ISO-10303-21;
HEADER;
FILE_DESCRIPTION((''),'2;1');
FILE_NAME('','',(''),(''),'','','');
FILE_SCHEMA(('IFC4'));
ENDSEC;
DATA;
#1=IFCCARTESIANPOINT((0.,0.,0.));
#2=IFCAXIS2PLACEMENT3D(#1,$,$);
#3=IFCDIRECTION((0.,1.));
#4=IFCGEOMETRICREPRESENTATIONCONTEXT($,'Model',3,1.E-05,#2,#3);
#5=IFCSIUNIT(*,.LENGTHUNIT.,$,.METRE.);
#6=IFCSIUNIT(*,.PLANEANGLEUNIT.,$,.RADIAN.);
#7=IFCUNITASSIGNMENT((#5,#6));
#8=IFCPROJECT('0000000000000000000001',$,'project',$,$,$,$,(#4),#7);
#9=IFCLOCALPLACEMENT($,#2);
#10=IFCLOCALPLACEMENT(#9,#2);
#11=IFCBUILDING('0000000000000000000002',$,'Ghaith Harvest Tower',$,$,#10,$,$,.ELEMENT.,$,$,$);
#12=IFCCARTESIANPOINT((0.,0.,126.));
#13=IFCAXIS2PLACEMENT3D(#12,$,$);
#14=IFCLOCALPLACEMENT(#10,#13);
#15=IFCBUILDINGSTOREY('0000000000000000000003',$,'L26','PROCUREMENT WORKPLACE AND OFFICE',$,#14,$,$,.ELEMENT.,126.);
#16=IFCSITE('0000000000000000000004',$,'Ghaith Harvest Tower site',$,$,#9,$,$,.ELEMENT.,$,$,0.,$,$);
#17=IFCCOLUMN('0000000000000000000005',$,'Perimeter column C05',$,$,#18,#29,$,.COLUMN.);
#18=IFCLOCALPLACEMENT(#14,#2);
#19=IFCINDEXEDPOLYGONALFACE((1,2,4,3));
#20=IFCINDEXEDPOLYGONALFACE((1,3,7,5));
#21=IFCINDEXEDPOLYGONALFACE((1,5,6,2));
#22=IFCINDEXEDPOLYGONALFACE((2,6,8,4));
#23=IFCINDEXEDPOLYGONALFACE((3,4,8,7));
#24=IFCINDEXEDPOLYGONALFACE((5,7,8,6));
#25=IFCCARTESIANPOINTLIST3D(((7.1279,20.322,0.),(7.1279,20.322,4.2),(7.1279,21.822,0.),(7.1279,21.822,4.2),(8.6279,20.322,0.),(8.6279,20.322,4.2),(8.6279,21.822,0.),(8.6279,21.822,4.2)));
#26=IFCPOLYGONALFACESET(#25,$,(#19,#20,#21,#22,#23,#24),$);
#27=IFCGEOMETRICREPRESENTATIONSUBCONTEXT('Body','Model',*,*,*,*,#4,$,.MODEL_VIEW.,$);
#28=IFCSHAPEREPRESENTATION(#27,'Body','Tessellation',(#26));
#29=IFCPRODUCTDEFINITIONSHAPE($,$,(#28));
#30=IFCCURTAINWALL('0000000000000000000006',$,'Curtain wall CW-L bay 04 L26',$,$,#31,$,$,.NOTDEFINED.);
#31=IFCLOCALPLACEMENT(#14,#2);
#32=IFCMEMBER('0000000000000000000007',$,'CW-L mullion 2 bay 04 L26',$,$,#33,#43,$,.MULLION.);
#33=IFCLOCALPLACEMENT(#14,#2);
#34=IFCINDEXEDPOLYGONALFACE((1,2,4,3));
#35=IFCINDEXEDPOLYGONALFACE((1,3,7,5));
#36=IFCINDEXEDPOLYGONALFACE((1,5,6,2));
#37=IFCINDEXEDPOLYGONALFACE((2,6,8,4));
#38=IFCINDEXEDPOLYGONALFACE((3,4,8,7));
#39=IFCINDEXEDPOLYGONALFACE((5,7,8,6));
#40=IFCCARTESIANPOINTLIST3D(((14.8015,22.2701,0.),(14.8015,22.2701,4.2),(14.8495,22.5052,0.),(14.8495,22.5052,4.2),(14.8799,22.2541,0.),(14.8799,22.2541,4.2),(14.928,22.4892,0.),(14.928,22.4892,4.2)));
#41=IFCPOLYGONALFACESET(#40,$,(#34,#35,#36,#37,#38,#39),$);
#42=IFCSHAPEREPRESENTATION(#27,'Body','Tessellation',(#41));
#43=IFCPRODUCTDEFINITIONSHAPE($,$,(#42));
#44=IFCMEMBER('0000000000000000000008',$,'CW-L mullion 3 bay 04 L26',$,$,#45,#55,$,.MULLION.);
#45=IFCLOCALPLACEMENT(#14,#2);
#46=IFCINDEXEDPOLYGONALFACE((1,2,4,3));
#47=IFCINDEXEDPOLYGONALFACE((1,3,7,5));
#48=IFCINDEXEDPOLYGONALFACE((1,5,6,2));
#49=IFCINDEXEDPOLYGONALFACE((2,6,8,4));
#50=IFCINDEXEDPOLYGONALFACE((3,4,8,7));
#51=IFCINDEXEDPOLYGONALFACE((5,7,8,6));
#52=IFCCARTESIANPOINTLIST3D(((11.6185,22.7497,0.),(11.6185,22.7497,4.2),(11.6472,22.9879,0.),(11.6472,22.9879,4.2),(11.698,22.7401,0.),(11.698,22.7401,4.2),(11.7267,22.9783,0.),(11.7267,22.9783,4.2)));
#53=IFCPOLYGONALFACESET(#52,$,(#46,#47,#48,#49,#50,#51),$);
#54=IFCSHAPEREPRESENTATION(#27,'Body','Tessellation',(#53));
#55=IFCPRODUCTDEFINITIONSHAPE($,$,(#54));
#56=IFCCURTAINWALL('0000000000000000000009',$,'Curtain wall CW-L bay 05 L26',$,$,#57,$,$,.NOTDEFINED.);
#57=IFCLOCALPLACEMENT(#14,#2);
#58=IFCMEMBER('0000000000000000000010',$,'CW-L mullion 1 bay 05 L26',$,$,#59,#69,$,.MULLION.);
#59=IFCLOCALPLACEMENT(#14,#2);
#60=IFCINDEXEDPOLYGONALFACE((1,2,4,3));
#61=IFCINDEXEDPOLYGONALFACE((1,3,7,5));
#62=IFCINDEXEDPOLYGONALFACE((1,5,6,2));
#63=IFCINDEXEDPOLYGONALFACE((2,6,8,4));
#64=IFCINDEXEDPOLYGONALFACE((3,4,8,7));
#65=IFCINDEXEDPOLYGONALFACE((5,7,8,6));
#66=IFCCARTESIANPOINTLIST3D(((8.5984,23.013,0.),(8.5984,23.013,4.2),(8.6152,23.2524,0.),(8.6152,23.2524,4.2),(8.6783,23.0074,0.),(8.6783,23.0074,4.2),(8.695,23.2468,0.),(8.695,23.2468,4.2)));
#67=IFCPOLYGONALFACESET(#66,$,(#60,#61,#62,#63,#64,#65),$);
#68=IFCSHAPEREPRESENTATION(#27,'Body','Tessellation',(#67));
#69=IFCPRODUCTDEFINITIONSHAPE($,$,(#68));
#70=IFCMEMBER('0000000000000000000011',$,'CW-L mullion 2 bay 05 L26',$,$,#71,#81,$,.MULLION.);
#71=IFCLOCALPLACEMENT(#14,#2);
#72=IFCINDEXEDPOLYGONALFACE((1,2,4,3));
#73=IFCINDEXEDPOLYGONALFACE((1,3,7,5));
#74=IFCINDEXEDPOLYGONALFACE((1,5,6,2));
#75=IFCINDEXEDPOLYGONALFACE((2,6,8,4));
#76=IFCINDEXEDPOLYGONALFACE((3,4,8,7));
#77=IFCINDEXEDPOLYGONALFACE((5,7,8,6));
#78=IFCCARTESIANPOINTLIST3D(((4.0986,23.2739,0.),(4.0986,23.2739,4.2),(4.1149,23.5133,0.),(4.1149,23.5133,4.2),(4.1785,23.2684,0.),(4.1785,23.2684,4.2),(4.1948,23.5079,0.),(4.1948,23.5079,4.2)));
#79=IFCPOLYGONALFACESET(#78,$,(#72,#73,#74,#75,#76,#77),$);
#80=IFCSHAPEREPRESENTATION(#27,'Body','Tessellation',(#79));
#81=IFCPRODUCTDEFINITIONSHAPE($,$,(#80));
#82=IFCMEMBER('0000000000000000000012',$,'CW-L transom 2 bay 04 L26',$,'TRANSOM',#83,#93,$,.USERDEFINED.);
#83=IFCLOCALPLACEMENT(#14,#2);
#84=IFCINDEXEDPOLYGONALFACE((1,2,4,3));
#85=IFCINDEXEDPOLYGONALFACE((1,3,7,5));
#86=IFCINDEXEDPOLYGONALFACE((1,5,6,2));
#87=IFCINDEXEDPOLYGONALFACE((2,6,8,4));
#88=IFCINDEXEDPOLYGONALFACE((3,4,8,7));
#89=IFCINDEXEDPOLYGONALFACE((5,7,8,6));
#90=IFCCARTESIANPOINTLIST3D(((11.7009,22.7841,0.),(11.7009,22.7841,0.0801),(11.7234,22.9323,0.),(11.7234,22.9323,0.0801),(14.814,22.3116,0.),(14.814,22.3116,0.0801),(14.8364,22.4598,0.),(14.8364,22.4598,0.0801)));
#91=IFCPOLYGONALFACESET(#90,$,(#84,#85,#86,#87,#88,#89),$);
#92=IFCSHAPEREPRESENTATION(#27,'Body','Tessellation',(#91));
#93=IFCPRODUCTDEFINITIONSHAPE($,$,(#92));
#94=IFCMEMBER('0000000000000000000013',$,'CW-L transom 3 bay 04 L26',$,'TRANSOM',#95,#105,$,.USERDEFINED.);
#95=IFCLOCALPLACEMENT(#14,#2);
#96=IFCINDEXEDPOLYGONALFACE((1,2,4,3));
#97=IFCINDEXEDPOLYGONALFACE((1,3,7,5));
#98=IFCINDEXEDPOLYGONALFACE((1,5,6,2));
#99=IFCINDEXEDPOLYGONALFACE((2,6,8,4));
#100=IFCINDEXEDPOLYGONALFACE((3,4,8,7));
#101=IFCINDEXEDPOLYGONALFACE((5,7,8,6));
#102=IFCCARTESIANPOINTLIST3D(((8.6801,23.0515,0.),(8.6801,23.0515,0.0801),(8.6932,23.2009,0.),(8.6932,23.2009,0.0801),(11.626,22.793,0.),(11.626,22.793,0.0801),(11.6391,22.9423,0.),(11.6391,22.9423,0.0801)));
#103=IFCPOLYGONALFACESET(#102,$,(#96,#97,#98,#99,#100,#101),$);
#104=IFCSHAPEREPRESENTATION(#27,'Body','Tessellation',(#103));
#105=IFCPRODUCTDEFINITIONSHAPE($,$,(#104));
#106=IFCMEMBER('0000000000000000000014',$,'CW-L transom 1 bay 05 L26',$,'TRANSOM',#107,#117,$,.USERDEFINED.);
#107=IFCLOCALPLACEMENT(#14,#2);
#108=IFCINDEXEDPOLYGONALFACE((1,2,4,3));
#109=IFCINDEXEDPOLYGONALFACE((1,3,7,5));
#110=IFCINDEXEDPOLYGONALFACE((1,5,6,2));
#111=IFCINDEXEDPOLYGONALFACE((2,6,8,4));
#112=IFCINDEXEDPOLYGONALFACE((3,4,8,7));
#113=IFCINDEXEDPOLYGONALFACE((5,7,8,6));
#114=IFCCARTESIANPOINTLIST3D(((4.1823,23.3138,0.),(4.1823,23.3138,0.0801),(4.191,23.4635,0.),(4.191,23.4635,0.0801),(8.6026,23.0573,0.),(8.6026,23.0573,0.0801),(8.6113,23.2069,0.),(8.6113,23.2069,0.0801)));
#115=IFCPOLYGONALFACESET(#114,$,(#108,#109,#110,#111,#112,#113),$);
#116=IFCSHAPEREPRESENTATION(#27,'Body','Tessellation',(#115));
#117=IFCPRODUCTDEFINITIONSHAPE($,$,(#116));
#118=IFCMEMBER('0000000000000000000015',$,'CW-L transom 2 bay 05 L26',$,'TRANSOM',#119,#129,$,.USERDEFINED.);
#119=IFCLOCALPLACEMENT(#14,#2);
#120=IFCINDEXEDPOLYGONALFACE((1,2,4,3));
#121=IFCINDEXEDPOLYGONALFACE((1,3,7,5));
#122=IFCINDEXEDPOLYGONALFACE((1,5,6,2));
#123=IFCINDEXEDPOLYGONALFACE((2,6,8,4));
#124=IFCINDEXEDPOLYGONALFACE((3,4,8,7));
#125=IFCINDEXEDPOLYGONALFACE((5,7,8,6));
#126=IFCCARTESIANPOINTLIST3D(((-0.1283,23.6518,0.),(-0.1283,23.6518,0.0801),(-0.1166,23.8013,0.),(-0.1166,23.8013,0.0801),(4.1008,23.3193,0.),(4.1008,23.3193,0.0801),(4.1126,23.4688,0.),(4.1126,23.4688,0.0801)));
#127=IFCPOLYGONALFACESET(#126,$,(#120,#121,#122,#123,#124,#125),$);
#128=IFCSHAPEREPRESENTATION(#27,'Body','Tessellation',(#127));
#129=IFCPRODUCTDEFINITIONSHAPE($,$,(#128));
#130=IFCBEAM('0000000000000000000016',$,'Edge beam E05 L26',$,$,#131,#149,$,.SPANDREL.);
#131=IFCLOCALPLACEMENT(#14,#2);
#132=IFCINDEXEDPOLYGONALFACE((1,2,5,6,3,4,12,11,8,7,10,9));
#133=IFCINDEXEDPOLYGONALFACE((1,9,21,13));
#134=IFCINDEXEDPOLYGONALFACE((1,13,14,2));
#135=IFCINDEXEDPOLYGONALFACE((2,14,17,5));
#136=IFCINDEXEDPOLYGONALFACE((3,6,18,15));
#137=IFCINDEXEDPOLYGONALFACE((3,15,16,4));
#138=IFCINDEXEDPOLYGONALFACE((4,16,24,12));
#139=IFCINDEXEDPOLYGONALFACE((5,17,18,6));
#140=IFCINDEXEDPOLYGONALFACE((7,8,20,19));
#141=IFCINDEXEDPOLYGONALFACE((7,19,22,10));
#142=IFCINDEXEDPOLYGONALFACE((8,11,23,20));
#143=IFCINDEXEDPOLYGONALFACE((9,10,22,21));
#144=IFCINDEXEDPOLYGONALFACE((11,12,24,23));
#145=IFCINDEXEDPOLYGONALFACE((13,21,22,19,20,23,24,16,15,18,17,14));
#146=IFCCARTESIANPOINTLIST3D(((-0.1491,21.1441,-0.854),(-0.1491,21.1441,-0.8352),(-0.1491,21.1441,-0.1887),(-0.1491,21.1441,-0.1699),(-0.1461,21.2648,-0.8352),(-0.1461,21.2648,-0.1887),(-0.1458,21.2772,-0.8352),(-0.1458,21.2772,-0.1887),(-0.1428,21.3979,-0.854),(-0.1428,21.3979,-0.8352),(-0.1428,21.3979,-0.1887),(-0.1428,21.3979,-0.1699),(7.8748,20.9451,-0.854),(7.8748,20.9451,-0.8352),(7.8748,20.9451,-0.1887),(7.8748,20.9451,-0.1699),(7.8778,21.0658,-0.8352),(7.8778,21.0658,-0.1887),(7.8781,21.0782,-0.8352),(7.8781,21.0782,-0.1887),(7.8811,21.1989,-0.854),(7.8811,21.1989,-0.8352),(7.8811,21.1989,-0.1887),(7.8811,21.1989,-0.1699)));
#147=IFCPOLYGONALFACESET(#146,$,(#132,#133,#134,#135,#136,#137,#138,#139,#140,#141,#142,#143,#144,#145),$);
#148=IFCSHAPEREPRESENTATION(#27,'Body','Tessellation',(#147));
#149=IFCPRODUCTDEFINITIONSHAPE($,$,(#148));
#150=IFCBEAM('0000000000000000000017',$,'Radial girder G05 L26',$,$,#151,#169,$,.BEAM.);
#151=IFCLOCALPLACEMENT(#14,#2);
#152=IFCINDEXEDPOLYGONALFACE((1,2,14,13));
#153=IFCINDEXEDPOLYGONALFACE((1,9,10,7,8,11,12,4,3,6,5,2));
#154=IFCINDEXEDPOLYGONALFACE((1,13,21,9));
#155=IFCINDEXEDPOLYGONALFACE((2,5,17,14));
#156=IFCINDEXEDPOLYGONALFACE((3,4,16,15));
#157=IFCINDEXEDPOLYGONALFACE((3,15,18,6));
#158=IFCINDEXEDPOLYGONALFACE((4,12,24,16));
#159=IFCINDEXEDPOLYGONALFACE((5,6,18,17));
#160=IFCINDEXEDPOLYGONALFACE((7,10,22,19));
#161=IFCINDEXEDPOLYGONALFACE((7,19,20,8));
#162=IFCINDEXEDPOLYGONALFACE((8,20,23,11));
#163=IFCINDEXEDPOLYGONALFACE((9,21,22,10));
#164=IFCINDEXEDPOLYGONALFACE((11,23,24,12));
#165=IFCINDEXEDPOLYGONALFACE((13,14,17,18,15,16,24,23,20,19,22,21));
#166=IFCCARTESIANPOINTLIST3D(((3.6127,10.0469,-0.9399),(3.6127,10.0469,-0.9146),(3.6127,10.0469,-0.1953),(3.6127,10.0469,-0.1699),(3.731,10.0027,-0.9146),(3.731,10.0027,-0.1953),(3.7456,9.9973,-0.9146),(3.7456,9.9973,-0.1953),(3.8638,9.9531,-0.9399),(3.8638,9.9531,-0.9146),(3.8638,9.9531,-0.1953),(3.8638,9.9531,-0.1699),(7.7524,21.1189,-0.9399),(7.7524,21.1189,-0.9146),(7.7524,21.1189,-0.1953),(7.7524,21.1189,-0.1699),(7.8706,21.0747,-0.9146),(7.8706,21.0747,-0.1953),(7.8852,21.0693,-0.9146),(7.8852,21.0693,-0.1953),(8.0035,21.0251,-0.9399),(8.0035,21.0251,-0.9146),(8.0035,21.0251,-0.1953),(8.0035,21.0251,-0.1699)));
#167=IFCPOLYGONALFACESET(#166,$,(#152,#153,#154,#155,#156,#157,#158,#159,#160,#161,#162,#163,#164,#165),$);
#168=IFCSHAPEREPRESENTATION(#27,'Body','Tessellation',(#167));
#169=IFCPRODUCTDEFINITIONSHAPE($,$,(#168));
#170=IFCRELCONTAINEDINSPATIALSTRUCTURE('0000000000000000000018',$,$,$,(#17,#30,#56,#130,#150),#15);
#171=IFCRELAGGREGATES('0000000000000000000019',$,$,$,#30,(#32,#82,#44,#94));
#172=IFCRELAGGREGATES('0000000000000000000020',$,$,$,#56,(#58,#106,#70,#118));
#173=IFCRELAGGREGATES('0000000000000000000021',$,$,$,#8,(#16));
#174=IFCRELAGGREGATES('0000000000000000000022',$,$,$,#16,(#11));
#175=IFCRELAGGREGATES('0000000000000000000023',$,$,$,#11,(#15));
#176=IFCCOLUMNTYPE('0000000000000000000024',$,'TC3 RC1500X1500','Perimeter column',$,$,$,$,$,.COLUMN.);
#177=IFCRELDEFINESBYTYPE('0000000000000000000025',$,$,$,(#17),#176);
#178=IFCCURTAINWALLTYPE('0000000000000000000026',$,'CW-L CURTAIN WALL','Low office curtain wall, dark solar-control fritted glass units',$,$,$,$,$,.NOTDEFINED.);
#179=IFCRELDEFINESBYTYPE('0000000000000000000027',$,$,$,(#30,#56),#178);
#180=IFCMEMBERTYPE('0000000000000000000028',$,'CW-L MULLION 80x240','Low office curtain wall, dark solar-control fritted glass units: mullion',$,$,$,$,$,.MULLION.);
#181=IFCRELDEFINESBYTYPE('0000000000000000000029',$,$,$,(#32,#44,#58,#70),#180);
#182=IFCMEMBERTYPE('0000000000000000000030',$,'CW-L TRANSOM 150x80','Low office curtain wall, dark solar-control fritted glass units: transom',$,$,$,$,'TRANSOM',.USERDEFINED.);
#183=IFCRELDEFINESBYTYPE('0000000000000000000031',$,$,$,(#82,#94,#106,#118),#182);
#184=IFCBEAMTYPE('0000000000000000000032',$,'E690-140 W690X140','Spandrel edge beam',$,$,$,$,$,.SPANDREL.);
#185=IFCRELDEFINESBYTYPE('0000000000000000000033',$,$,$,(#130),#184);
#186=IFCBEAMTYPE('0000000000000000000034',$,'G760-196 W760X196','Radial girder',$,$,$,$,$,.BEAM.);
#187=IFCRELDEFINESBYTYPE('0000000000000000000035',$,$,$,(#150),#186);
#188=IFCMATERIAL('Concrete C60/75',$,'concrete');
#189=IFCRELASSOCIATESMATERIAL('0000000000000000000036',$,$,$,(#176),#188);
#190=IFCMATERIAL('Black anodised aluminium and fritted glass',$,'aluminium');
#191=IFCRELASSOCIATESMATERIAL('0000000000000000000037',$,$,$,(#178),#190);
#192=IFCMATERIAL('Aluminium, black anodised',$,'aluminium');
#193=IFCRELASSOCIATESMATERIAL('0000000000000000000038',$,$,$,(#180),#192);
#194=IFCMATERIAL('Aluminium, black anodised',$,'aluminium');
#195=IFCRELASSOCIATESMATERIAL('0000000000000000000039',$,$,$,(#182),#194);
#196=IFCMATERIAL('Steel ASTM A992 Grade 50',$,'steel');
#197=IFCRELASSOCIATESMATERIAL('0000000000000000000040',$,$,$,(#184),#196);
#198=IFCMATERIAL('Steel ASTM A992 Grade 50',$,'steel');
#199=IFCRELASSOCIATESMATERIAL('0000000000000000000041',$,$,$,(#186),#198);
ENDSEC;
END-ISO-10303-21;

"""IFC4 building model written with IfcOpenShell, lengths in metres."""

from ifc_helpers import new_model, si_unit, direction, frame, origin, origin_2d, place, context, subcontext, project, spatial, rectangle, i_section, extrude, material, material_profile, profile_set, type_object, element, aggregate, save


model = new_model("IFC4")

# Units and contexts
model_context = context("Model", 3, precision=1e-05, world=origin(), true_north=direction((0.0, 1.0)))
body_context = subcontext(model_context, "Body", "Model", "MODEL_VIEW")
ifc_project = project(units=[si_unit("LENGTHUNIT", "METRE"), si_unit("PLANEANGLEUNIT", "RADIAN")], contexts=[model_context])

# Site, building, storey
site_placement = place(None, origin())
site = spatial("IfcSite", under=ifc_project, at=site_placement, Name="Ghaith Harvest Tower site", CompositionType="ELEMENT", RefElevation=0.0)
building_placement = place(site_placement, origin())
building = spatial("IfcBuilding", under=site, at=building_placement, Name="Ghaith Harvest Tower", CompositionType="ELEMENT")
storey_placement = place(building_placement, frame((0.0, 0.0, 126.0)))
storey = spatial("IfcBuildingStorey", under=building, at=storey_placement, Name="L26", Description="PROCUREMENT WORKPLACE AND OFFICE", CompositionType="ELEMENT", Elevation=126.0)

# Column
ifc_material_1 = material(Name="Concrete C60/75", Category="concrete")
ifc_material_profile_1 = material_profile(ifc_material_1, rectangle(XDim=1.5, YDim=1.5, at=origin_2d()), Name="RC1500X1500")
ifc_profile_set_1 = profile_set([ifc_material_profile_1], Name="Concrete C60/75")
column_type = type_object("IfcColumnType", Name="TC3 RC1500X1500", Description="Perimeter column", PredefinedType="COLUMN", material=ifc_profile_set_1)
column_placement = place(storey_placement, frame((7.8779, 21.072, 0.0), z_axis=(0.0, 0.0, 1.0), x_axis=(1.0, 0.0, 0.0)))
element("IfcColumn", 1, at=column_placement, inside=storey, type_object=column_type, Name="Perimeter column C05", PredefinedType="COLUMN", context=body_context, shape_type="SweptSolid", body=[
    extrude(rectangle(XDim=1.5, YDim=1.5, at=origin_2d()), origin(), (0.0, 0.0, 1.0), 4.2),
])

# Curtain walls, members
ifc_material_2 = material(Name="Black anodised aluminium and fritted glass", Category="aluminium")
curtain_wall_type = type_object("IfcCurtainWallType", Name="CW-L CURTAIN WALL", Description="Low office curtain wall, dark solar-control fritted glass units", PredefinedType="NOTDEFINED", material=ifc_material_2)
curtain_wall_1_placement = place(storey_placement, origin())
curtain_wall_1 = element("IfcCurtainWall", 2, at=curtain_wall_1_placement, inside=storey, type_object=curtain_wall_type, Name="Curtain wall CW-L bay 04 L26", PredefinedType="NOTDEFINED")
ifc_material_3 = material(Name="Aluminium, black anodised", Category="aluminium")
ifc_material_profile_2 = material_profile(ifc_material_3, rectangle(XDim=0.0801, YDim=0.24, at=origin_2d()), Name="CW-L MULLION 80x240")
ifc_profile_set_2 = profile_set([ifc_material_profile_2], Name="Aluminium, black anodised")
member_type_1 = type_object("IfcMemberType", Name="CW-L MULLION 80x240", Description="Low office curtain wall, dark solar-control fritted glass units: mullion", PredefinedType="MULLION", material=ifc_profile_set_2)
member_1_placement = place(storey_placement, frame((14.8647, 22.3796, 0.0), z_axis=(0.0, 0.0, 1.0), x_axis=(-0.979752, 0.200215, 0.0)))
member_1 = element("IfcMember", 3, at=member_1_placement, type_object=member_type_1, Name="CW-L mullion 2 bay 04 L26", PredefinedType="MULLION", context=body_context, shape_type="SweptSolid", body=[
    extrude(rectangle(XDim=0.0801, YDim=0.24, at=origin_2d()), origin(), (0.0, 0.0, 1.0), 4.2),
])
member_2_placement = place(storey_placement, frame((11.6726, 22.864, 0.0), z_axis=(0.0, 0.0, 1.0), x_axis=(-0.9928, 0.11978, 0.0)))
member_2 = element("IfcMember", 4, at=member_2_placement, type_object=member_type_1, Name="CW-L mullion 3 bay 04 L26", PredefinedType="MULLION", context=body_context, shape_type="SweptSolid", body=[
    extrude(rectangle(XDim=0.0801, YDim=0.24, at=origin_2d()), origin(), (0.0, 0.0, 1.0), 4.2),
])
curtain_wall_2_placement = place(storey_placement, origin())
curtain_wall_2 = element("IfcCurtainWall", 5, at=curtain_wall_2_placement, inside=storey, type_object=curtain_wall_type, Name="Curtain wall CW-L bay 05 L26", PredefinedType="NOTDEFINED")
member_3_placement = place(storey_placement, frame((8.6467, 23.1299, 0.0), z_axis=(0.0, 0.0, 1.0), x_axis=(-0.997559, 0.069832, 0.0)))
member_3 = element("IfcMember", 6, at=member_3_placement, type_object=member_type_1, Name="CW-L mullion 1 bay 05 L26", PredefinedType="MULLION", context=body_context, shape_type="SweptSolid", body=[
    extrude(rectangle(XDim=0.0801, YDim=0.24, at=origin_2d()), origin(), (0.0, 0.0, 1.0), 4.2),
])
member_4_placement = place(storey_placement, frame((4.1467, 23.3909, 0.0), z_axis=(0.0, 0.0, 1.0), x_axis=(-0.99769, 0.067933, 0.0)))
member_4 = element("IfcMember", 7, at=member_4_placement, type_object=member_type_1, Name="CW-L mullion 2 bay 05 L26", PredefinedType="MULLION", context=body_context, shape_type="SweptSolid", body=[
    extrude(rectangle(XDim=0.0801, YDim=0.24, at=origin_2d()), origin(), (0.0, 0.0, 1.0), 4.2),
])

# Members
ifc_material_4 = material(Name="Aluminium, black anodised", Category="aluminium")
ifc_material_profile_3 = material_profile(ifc_material_4, rectangle(XDim=0.1499, YDim=0.0801, at=origin_2d()), Name="CW-L TRANSOM 150x80")
ifc_profile_set_3 = profile_set([ifc_material_profile_3], Name="Aluminium, black anodised")
member_type_2 = type_object("IfcMemberType", Name="CW-L TRANSOM 150x80", Description="Low office curtain wall, dark solar-control fritted glass units: transom", ElementType="TRANSOM", PredefinedType="USERDEFINED", material=ifc_profile_set_3)
member_5_placement = place(storey_placement, frame((14.8252, 22.3857, 0.04), z_axis=(-0.988681, 0.150035, 0.0), x_axis=(-0.150035, -0.988681, 0.0)))
member_5 = element("IfcMember", 8, at=member_5_placement, type_object=member_type_2, Name="CW-L transom 2 bay 04 L26", ObjectType="TRANSOM", PredefinedType="USERDEFINED", context=body_context, shape_type="SweptSolid", body=[
    extrude(rectangle(XDim=0.1499, YDim=0.0801, at=origin_2d()), origin(), (0.0, 0.0, 1.0), 3.1487),
])
member_6_placement = place(storey_placement, frame((11.6326, 22.8677, 0.04), z_axis=(-0.996171, 0.087424, 0.0), x_axis=(-0.087424, -0.996171, 0.0)))
member_6 = element("IfcMember", 9, at=member_6_placement, type_object=member_type_2, Name="CW-L transom 3 bay 04 L26", ObjectType="TRANSOM", PredefinedType="USERDEFINED", context=body_context, shape_type="SweptSolid", body=[
    extrude(rectangle(XDim=0.1499, YDim=0.0801, at=origin_2d()), origin(), (0.0, 0.0, 1.0), 2.9573),
])
member_7_placement = place(storey_placement, frame((8.6069, 23.1321, 0.04), z_axis=(-0.99832, 0.05795, 0.0), x_axis=(-0.05795, -0.99832, 0.0)))
member_7 = element("IfcMember", 10, at=member_7_placement, type_object=member_type_2, Name="CW-L transom 1 bay 05 L26", ObjectType="TRANSOM", PredefinedType="USERDEFINED", context=body_context, shape_type="SweptSolid", body=[
    extrude(rectangle(XDim=0.1499, YDim=0.0801, at=origin_2d()), origin(), (0.0, 0.0, 1.0), 4.4277),
])
member_8_placement = place(storey_placement, frame((4.1067, 23.394, 0.04), z_axis=(-0.996923, 0.078382, 0.0), x_axis=(-0.078382, -0.996923, 0.0)))
member_8 = element("IfcMember", 11, at=member_8_placement, type_object=member_type_2, Name="CW-L transom 2 bay 05 L26", ObjectType="TRANSOM", PredefinedType="USERDEFINED", context=body_context, shape_type="SweptSolid", body=[
    extrude(rectangle(XDim=0.1499, YDim=0.0801, at=origin_2d()), origin(), (0.0, 0.0, 1.0), 4.2422),
])

# Beams
ifc_material_5 = material(Name="Steel ASTM A992 Grade 50", Category="steel")
ifc_material_profile_4 = material_profile(ifc_material_5, i_section(OverallWidth=0.2539, OverallDepth=0.6841, WebThickness=0.0125, FlangeThickness=0.0188, at=origin_2d()), Name="W690X140")
ifc_profile_set_4 = profile_set([ifc_material_profile_4], Name="Steel ASTM A992 Grade 50")
beam_type_1 = type_object("IfcBeamType", Name="E690-140 W690X140", Description="Spandrel edge beam", PredefinedType="SPANDREL", material=ifc_profile_set_4)
beam_1_placement = place(storey_placement, frame((7.8779, 21.072, -0.512), z_axis=(-0.999693, 0.02479, 0.0), x_axis=(-0.02479, -0.999693, 0.0)))
element("IfcBeam", 12, at=beam_1_placement, inside=storey, type_object=beam_type_1, Name="Edge beam E05 L26", PredefinedType="SPANDREL", context=body_context, shape_type="SweptSolid", body=[
    extrude(i_section(OverallWidth=0.2539, OverallDepth=0.6841, WebThickness=0.0125, FlangeThickness=0.0188, at=origin_2d()), origin(), (0.0, 0.0, 1.0), 8.0264),
])
ifc_material_6 = material(Name="Steel ASTM A992 Grade 50", Category="steel")
ifc_material_profile_5 = material_profile(ifc_material_6, i_section(OverallWidth=0.2681, OverallDepth=0.77, WebThickness=0.0156, FlangeThickness=0.0254, at=origin_2d()), Name="W760X196")
ifc_profile_set_5 = profile_set([ifc_material_profile_5], Name="Steel ASTM A992 Grade 50")
beam_type_2 = type_object("IfcBeamType", Name="G760-196 W760X196", Description="Radial girder", PredefinedType="BEAM", material=ifc_profile_set_5)
beam_2_placement = place(storey_placement, frame((3.7383, 10.0, -0.5549), z_axis=(0.350207, 0.936672, 0.0), x_axis=(-0.936672, 0.350207, 0.0)))
element("IfcBeam", 13, at=beam_2_placement, inside=storey, type_object=beam_type_2, Name="Radial girder G05 L26", PredefinedType="BEAM", context=body_context, shape_type="SweptSolid", body=[
    extrude(i_section(OverallWidth=0.2681, OverallDepth=0.77, WebThickness=0.0156, FlangeThickness=0.0254, at=origin_2d()), origin(), (0.0, 0.0, 1.0), 11.8206),
])

aggregate(curtain_wall_1, [member_1, member_5, member_2, member_6])
aggregate(curtain_wall_2, [member_3, member_7, member_4, member_8])

save(model, "model.ifc")
